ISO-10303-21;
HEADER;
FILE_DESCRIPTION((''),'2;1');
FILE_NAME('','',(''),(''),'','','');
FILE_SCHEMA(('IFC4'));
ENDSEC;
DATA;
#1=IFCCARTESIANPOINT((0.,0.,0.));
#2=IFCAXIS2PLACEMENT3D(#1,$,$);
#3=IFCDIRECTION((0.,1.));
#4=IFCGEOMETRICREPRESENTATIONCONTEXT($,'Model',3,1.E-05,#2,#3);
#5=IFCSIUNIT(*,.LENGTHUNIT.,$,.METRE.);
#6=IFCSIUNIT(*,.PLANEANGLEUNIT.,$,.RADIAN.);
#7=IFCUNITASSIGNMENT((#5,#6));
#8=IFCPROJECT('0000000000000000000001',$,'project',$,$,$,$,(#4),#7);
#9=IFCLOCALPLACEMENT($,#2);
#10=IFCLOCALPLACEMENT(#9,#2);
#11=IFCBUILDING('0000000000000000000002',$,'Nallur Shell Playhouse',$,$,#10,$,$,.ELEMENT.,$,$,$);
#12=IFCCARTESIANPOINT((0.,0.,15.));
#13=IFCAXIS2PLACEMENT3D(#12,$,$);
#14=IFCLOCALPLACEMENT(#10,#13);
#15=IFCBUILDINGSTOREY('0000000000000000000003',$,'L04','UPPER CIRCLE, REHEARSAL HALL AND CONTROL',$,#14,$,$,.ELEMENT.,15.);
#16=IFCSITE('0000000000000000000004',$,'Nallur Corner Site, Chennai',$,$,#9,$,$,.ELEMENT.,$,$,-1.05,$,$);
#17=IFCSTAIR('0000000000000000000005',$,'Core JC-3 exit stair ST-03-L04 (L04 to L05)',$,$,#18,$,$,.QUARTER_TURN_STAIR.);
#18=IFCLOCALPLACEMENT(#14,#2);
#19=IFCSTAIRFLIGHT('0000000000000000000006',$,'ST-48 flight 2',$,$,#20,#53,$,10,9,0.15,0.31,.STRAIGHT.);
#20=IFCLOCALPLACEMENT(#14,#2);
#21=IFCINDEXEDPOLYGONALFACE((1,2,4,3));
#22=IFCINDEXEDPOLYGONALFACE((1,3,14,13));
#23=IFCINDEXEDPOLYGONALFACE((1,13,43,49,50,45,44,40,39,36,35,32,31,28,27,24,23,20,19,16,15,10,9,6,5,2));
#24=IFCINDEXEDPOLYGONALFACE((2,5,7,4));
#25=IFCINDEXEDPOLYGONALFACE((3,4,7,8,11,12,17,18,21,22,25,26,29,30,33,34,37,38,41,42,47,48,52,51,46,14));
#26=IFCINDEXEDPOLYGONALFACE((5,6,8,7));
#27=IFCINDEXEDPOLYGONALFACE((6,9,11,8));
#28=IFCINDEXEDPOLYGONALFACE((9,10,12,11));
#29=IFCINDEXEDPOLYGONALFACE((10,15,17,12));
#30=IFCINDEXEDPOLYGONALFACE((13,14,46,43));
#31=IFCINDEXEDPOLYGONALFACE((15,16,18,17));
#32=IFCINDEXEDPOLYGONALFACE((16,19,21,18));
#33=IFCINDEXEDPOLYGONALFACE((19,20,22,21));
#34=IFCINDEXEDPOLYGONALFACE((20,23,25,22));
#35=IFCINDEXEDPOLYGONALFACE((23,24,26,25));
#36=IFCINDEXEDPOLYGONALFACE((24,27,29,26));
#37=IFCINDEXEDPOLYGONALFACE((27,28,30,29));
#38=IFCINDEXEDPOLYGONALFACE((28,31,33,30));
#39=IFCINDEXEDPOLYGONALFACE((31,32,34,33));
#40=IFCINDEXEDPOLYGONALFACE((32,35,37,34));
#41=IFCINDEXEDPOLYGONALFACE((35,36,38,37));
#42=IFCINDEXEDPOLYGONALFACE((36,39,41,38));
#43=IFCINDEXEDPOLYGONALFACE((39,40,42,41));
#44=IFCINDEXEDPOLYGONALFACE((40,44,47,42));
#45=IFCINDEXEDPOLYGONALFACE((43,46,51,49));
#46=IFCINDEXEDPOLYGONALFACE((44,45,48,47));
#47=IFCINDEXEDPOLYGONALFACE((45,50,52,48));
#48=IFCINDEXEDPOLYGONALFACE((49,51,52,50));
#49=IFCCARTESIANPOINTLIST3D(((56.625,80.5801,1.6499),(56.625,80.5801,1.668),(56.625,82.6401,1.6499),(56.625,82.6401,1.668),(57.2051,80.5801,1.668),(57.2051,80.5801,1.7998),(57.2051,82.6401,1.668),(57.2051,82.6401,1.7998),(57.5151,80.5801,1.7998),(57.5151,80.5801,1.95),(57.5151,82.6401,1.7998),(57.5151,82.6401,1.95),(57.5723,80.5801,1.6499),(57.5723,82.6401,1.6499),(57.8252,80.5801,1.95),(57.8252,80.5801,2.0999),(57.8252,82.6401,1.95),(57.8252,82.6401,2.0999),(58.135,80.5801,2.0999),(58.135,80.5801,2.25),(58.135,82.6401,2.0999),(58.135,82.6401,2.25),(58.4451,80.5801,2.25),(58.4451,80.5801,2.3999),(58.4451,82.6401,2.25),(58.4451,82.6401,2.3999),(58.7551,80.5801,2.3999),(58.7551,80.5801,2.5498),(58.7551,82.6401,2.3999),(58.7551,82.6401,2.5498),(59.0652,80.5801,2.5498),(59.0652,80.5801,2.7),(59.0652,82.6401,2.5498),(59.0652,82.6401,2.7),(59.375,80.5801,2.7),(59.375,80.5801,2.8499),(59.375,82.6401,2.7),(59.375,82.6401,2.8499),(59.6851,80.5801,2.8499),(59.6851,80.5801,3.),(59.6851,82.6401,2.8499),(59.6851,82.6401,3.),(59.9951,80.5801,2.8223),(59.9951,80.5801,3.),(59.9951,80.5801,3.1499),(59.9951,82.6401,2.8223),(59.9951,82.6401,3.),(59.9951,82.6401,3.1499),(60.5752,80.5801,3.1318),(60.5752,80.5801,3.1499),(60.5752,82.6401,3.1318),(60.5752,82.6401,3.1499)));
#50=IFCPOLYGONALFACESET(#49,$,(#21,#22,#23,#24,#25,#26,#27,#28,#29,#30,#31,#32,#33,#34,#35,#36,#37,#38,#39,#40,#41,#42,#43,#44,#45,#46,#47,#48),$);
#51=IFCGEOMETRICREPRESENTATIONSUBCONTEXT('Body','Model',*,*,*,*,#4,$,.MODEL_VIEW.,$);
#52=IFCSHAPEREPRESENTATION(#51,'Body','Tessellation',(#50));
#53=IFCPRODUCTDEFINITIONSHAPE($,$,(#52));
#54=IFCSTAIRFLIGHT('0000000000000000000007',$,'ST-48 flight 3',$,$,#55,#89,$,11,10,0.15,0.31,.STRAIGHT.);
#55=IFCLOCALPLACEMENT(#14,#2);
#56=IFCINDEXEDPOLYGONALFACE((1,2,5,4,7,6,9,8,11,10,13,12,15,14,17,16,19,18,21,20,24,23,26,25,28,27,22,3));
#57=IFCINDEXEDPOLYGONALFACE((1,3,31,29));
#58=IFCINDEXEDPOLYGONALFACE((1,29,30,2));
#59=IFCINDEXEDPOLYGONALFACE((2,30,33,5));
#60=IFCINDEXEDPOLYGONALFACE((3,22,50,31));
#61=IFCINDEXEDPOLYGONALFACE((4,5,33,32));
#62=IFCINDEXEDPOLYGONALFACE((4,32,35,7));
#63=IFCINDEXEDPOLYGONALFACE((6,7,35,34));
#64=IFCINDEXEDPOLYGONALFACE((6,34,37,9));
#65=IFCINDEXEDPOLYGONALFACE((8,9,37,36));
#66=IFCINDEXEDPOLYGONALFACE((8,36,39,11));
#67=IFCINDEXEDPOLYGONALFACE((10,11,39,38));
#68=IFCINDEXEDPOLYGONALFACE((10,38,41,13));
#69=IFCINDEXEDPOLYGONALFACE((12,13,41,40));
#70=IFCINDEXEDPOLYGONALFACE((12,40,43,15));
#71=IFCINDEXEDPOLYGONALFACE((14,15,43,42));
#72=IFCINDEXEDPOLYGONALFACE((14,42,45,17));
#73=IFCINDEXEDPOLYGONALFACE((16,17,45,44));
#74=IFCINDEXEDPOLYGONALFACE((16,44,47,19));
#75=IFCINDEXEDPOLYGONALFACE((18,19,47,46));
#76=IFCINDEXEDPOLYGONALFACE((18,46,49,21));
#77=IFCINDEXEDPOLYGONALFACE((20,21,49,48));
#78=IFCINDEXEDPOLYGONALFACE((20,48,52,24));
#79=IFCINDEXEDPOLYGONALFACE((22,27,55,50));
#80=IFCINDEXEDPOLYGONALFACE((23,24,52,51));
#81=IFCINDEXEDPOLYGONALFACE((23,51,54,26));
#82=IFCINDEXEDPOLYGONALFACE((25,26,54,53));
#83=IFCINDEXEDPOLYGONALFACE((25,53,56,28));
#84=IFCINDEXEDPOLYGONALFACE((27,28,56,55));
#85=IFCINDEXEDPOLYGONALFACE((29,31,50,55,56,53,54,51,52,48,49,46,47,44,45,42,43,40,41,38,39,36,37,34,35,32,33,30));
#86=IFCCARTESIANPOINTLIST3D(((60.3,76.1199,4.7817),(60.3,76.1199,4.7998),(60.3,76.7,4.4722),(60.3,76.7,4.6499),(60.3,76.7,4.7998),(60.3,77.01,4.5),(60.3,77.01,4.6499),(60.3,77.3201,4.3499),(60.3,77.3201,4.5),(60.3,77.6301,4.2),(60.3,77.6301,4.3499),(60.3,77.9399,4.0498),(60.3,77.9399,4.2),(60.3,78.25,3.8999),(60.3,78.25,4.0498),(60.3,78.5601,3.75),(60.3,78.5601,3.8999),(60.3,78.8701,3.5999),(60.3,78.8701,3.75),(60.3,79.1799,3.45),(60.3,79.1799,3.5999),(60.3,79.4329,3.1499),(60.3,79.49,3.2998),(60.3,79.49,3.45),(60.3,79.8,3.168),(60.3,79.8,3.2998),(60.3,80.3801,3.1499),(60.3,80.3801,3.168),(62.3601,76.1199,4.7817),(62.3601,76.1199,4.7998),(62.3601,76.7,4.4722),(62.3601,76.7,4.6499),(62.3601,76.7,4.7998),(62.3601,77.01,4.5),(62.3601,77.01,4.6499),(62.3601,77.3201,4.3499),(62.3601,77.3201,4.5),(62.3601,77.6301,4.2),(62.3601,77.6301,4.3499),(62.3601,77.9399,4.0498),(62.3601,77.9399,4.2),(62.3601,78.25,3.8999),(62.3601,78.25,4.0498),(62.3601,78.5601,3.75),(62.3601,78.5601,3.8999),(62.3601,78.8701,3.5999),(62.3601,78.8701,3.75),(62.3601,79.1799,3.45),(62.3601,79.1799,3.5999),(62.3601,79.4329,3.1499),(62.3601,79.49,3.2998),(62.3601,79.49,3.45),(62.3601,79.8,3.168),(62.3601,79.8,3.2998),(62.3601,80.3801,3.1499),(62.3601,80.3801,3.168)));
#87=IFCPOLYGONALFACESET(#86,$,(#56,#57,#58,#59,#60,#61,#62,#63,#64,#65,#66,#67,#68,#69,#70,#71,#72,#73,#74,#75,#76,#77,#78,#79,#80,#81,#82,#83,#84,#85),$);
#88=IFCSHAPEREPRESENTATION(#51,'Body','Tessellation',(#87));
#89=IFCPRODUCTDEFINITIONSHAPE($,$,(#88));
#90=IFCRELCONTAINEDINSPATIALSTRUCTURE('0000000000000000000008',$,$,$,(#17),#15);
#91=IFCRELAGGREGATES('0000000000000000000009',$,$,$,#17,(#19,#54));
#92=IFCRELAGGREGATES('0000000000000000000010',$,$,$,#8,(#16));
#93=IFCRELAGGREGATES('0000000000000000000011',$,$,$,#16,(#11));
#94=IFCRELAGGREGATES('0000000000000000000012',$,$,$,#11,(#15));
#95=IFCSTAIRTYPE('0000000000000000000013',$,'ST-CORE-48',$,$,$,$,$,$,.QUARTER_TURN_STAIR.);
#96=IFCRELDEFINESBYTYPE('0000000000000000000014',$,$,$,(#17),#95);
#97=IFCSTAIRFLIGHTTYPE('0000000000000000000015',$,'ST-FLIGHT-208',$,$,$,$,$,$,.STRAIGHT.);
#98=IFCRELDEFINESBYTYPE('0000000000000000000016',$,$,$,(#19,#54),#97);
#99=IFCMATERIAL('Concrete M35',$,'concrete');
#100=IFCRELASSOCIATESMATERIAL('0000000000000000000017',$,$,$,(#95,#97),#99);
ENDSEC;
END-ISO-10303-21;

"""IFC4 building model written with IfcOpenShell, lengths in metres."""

from ifc_helpers import new_model, si_unit, direction, frame, origin, place, context, subcontext, project, spatial, polyline, outline, extrude, material, type_object, element, aggregate, save


model = new_model("IFC4")

# Units and contexts
model_context = context("Model", 3, precision=1e-05, world=origin(), true_north=direction((0.0, 1.0)))
body_context = subcontext(model_context, "Body", "Model", "MODEL_VIEW")
ifc_project = project(units=[si_unit("LENGTHUNIT", "METRE"), si_unit("PLANEANGLEUNIT", "RADIAN")], contexts=[model_context])

# Site, building, storey
site_placement = place(None, origin())
site = spatial("IfcSite", under=ifc_project, at=site_placement, Name="Nallur Corner Site, Chennai", CompositionType="ELEMENT", RefElevation=-1.05)
building_placement = place(site_placement, origin())
building = spatial("IfcBuilding", under=site, at=building_placement, Name="Nallur Shell Playhouse", CompositionType="ELEMENT")
storey_placement = place(building_placement, frame((0.0, 0.0, 15.0)))
storey = spatial("IfcBuildingStorey", under=building, at=storey_placement, Name="L04", Description="UPPER CIRCLE, REHEARSAL HALL AND CONTROL", CompositionType="ELEMENT", Elevation=15.0)

# Shared definitions
ifc_material_1 = material(Name="Concrete M35", Category="concrete")

# Stair, stair flights
stair_type = type_object("IfcStairType", Name="ST-CORE-48", PredefinedType="QUARTER_TURN_STAIR", material=ifc_material_1)
stair_placement = place(storey_placement, origin())
stair = element("IfcStair", 1, at=stair_placement, inside=storey, type_object=stair_type, Name="Core JC-3 exit stair ST-03-L04 (L04 to L05)", PredefinedType="QUARTER_TURN_STAIR")
stair_flight_type = type_object("IfcStairFlightType", Name="ST-FLIGHT-208", PredefinedType="STRAIGHT", material=ifc_material_1)
stair_flight_1_placement = place(storey_placement, frame((57.2051, 81.6101, 1.6499), z_axis=(0.0, 0.0, 1.0), x_axis=(1.0, 0.0, 0.0)))
stair_flight_1 = element("IfcStairFlight", 2, at=stair_flight_1_placement, type_object=stair_flight_type, Name="ST-48 flight 2", NumberOfRisers=10, NumberOfTreads=9, PredefinedType="STRAIGHT", RiserHeight=0.15, TreadLength=0.31, context=body_context, shape_type="SweptSolid", body=[
    extrude(outline(polyline([(-0.5801, 0.0), (-0.5801, 0.0181), (0.0, 0.0181), (0.0, 0.1499), (0.3101, 0.1499), (0.3101, 0.3), (0.6201, 0.3), (0.6201, 0.45), (0.9299, 0.45), (0.9299, 0.6001), (1.24, 0.6001), (1.24, 0.75), (1.55, 0.75), (1.55, 0.8999), (1.8601, 0.8999), (1.8601, 1.05), (2.1699, 1.05), (2.1699, 1.2), (2.48, 1.2), (2.48, 1.3501), (2.79, 1.3501), (2.79, 1.5), (3.3701, 1.5), (3.3701, 1.4819), (2.79, 1.1724), (0.3672, 0.0), (-0.5801, 0.0)])), frame((0.0, 1.03, 0.0), z_axis=(0.0, -1.0, 0.0), x_axis=(1.0, 0.0, 0.0)), (0.0, 0.0, 1.0), 2.0601),
])
stair_flight_2_placement = place(storey_placement, frame((61.3301, 79.8, 3.1499), z_axis=(0.0, 0.0, 1.0), x_axis=(0.0, -1.0, 0.0)))
stair_flight_2 = element("IfcStairFlight", 3, at=stair_flight_2_placement, type_object=stair_flight_type, Name="ST-48 flight 3", NumberOfRisers=11, NumberOfTreads=10, PredefinedType="STRAIGHT", RiserHeight=0.15, TreadLength=0.31, context=body_context, shape_type="SweptSolid", body=[
    extrude(outline(polyline([(-0.5801, 0.0), (-0.5801, 0.0181), (0.0, 0.0181), (0.0, 0.1499), (0.3101, 0.1499), (0.3101, 0.3), (0.6201, 0.3), (0.6201, 0.45), (0.9299, 0.45), (0.9299, 0.6001), (1.24, 0.6001), (1.24, 0.75), (1.55, 0.75), (1.55, 0.8999), (1.8601, 0.8999), (1.8601, 1.05), (2.1699, 1.05), (2.1699, 1.2), (2.48, 1.2), (2.48, 1.3501), (2.79, 1.3501), (2.79, 1.5), (3.1001, 1.5), (3.1001, 1.6499), (3.6802, 1.6499), (3.6802, 1.6318), (3.1001, 1.3223), (0.3672, 0.0), (-0.5801, 0.0)])), frame((0.0, 1.03, 0.0), z_axis=(0.0, -1.0, 0.0), x_axis=(1.0, 0.0, 0.0)), (0.0, 0.0, 1.0), 2.0601),
])
aggregate(stair, [stair_flight_1, stair_flight_2])

save(model, "model.ifc")
